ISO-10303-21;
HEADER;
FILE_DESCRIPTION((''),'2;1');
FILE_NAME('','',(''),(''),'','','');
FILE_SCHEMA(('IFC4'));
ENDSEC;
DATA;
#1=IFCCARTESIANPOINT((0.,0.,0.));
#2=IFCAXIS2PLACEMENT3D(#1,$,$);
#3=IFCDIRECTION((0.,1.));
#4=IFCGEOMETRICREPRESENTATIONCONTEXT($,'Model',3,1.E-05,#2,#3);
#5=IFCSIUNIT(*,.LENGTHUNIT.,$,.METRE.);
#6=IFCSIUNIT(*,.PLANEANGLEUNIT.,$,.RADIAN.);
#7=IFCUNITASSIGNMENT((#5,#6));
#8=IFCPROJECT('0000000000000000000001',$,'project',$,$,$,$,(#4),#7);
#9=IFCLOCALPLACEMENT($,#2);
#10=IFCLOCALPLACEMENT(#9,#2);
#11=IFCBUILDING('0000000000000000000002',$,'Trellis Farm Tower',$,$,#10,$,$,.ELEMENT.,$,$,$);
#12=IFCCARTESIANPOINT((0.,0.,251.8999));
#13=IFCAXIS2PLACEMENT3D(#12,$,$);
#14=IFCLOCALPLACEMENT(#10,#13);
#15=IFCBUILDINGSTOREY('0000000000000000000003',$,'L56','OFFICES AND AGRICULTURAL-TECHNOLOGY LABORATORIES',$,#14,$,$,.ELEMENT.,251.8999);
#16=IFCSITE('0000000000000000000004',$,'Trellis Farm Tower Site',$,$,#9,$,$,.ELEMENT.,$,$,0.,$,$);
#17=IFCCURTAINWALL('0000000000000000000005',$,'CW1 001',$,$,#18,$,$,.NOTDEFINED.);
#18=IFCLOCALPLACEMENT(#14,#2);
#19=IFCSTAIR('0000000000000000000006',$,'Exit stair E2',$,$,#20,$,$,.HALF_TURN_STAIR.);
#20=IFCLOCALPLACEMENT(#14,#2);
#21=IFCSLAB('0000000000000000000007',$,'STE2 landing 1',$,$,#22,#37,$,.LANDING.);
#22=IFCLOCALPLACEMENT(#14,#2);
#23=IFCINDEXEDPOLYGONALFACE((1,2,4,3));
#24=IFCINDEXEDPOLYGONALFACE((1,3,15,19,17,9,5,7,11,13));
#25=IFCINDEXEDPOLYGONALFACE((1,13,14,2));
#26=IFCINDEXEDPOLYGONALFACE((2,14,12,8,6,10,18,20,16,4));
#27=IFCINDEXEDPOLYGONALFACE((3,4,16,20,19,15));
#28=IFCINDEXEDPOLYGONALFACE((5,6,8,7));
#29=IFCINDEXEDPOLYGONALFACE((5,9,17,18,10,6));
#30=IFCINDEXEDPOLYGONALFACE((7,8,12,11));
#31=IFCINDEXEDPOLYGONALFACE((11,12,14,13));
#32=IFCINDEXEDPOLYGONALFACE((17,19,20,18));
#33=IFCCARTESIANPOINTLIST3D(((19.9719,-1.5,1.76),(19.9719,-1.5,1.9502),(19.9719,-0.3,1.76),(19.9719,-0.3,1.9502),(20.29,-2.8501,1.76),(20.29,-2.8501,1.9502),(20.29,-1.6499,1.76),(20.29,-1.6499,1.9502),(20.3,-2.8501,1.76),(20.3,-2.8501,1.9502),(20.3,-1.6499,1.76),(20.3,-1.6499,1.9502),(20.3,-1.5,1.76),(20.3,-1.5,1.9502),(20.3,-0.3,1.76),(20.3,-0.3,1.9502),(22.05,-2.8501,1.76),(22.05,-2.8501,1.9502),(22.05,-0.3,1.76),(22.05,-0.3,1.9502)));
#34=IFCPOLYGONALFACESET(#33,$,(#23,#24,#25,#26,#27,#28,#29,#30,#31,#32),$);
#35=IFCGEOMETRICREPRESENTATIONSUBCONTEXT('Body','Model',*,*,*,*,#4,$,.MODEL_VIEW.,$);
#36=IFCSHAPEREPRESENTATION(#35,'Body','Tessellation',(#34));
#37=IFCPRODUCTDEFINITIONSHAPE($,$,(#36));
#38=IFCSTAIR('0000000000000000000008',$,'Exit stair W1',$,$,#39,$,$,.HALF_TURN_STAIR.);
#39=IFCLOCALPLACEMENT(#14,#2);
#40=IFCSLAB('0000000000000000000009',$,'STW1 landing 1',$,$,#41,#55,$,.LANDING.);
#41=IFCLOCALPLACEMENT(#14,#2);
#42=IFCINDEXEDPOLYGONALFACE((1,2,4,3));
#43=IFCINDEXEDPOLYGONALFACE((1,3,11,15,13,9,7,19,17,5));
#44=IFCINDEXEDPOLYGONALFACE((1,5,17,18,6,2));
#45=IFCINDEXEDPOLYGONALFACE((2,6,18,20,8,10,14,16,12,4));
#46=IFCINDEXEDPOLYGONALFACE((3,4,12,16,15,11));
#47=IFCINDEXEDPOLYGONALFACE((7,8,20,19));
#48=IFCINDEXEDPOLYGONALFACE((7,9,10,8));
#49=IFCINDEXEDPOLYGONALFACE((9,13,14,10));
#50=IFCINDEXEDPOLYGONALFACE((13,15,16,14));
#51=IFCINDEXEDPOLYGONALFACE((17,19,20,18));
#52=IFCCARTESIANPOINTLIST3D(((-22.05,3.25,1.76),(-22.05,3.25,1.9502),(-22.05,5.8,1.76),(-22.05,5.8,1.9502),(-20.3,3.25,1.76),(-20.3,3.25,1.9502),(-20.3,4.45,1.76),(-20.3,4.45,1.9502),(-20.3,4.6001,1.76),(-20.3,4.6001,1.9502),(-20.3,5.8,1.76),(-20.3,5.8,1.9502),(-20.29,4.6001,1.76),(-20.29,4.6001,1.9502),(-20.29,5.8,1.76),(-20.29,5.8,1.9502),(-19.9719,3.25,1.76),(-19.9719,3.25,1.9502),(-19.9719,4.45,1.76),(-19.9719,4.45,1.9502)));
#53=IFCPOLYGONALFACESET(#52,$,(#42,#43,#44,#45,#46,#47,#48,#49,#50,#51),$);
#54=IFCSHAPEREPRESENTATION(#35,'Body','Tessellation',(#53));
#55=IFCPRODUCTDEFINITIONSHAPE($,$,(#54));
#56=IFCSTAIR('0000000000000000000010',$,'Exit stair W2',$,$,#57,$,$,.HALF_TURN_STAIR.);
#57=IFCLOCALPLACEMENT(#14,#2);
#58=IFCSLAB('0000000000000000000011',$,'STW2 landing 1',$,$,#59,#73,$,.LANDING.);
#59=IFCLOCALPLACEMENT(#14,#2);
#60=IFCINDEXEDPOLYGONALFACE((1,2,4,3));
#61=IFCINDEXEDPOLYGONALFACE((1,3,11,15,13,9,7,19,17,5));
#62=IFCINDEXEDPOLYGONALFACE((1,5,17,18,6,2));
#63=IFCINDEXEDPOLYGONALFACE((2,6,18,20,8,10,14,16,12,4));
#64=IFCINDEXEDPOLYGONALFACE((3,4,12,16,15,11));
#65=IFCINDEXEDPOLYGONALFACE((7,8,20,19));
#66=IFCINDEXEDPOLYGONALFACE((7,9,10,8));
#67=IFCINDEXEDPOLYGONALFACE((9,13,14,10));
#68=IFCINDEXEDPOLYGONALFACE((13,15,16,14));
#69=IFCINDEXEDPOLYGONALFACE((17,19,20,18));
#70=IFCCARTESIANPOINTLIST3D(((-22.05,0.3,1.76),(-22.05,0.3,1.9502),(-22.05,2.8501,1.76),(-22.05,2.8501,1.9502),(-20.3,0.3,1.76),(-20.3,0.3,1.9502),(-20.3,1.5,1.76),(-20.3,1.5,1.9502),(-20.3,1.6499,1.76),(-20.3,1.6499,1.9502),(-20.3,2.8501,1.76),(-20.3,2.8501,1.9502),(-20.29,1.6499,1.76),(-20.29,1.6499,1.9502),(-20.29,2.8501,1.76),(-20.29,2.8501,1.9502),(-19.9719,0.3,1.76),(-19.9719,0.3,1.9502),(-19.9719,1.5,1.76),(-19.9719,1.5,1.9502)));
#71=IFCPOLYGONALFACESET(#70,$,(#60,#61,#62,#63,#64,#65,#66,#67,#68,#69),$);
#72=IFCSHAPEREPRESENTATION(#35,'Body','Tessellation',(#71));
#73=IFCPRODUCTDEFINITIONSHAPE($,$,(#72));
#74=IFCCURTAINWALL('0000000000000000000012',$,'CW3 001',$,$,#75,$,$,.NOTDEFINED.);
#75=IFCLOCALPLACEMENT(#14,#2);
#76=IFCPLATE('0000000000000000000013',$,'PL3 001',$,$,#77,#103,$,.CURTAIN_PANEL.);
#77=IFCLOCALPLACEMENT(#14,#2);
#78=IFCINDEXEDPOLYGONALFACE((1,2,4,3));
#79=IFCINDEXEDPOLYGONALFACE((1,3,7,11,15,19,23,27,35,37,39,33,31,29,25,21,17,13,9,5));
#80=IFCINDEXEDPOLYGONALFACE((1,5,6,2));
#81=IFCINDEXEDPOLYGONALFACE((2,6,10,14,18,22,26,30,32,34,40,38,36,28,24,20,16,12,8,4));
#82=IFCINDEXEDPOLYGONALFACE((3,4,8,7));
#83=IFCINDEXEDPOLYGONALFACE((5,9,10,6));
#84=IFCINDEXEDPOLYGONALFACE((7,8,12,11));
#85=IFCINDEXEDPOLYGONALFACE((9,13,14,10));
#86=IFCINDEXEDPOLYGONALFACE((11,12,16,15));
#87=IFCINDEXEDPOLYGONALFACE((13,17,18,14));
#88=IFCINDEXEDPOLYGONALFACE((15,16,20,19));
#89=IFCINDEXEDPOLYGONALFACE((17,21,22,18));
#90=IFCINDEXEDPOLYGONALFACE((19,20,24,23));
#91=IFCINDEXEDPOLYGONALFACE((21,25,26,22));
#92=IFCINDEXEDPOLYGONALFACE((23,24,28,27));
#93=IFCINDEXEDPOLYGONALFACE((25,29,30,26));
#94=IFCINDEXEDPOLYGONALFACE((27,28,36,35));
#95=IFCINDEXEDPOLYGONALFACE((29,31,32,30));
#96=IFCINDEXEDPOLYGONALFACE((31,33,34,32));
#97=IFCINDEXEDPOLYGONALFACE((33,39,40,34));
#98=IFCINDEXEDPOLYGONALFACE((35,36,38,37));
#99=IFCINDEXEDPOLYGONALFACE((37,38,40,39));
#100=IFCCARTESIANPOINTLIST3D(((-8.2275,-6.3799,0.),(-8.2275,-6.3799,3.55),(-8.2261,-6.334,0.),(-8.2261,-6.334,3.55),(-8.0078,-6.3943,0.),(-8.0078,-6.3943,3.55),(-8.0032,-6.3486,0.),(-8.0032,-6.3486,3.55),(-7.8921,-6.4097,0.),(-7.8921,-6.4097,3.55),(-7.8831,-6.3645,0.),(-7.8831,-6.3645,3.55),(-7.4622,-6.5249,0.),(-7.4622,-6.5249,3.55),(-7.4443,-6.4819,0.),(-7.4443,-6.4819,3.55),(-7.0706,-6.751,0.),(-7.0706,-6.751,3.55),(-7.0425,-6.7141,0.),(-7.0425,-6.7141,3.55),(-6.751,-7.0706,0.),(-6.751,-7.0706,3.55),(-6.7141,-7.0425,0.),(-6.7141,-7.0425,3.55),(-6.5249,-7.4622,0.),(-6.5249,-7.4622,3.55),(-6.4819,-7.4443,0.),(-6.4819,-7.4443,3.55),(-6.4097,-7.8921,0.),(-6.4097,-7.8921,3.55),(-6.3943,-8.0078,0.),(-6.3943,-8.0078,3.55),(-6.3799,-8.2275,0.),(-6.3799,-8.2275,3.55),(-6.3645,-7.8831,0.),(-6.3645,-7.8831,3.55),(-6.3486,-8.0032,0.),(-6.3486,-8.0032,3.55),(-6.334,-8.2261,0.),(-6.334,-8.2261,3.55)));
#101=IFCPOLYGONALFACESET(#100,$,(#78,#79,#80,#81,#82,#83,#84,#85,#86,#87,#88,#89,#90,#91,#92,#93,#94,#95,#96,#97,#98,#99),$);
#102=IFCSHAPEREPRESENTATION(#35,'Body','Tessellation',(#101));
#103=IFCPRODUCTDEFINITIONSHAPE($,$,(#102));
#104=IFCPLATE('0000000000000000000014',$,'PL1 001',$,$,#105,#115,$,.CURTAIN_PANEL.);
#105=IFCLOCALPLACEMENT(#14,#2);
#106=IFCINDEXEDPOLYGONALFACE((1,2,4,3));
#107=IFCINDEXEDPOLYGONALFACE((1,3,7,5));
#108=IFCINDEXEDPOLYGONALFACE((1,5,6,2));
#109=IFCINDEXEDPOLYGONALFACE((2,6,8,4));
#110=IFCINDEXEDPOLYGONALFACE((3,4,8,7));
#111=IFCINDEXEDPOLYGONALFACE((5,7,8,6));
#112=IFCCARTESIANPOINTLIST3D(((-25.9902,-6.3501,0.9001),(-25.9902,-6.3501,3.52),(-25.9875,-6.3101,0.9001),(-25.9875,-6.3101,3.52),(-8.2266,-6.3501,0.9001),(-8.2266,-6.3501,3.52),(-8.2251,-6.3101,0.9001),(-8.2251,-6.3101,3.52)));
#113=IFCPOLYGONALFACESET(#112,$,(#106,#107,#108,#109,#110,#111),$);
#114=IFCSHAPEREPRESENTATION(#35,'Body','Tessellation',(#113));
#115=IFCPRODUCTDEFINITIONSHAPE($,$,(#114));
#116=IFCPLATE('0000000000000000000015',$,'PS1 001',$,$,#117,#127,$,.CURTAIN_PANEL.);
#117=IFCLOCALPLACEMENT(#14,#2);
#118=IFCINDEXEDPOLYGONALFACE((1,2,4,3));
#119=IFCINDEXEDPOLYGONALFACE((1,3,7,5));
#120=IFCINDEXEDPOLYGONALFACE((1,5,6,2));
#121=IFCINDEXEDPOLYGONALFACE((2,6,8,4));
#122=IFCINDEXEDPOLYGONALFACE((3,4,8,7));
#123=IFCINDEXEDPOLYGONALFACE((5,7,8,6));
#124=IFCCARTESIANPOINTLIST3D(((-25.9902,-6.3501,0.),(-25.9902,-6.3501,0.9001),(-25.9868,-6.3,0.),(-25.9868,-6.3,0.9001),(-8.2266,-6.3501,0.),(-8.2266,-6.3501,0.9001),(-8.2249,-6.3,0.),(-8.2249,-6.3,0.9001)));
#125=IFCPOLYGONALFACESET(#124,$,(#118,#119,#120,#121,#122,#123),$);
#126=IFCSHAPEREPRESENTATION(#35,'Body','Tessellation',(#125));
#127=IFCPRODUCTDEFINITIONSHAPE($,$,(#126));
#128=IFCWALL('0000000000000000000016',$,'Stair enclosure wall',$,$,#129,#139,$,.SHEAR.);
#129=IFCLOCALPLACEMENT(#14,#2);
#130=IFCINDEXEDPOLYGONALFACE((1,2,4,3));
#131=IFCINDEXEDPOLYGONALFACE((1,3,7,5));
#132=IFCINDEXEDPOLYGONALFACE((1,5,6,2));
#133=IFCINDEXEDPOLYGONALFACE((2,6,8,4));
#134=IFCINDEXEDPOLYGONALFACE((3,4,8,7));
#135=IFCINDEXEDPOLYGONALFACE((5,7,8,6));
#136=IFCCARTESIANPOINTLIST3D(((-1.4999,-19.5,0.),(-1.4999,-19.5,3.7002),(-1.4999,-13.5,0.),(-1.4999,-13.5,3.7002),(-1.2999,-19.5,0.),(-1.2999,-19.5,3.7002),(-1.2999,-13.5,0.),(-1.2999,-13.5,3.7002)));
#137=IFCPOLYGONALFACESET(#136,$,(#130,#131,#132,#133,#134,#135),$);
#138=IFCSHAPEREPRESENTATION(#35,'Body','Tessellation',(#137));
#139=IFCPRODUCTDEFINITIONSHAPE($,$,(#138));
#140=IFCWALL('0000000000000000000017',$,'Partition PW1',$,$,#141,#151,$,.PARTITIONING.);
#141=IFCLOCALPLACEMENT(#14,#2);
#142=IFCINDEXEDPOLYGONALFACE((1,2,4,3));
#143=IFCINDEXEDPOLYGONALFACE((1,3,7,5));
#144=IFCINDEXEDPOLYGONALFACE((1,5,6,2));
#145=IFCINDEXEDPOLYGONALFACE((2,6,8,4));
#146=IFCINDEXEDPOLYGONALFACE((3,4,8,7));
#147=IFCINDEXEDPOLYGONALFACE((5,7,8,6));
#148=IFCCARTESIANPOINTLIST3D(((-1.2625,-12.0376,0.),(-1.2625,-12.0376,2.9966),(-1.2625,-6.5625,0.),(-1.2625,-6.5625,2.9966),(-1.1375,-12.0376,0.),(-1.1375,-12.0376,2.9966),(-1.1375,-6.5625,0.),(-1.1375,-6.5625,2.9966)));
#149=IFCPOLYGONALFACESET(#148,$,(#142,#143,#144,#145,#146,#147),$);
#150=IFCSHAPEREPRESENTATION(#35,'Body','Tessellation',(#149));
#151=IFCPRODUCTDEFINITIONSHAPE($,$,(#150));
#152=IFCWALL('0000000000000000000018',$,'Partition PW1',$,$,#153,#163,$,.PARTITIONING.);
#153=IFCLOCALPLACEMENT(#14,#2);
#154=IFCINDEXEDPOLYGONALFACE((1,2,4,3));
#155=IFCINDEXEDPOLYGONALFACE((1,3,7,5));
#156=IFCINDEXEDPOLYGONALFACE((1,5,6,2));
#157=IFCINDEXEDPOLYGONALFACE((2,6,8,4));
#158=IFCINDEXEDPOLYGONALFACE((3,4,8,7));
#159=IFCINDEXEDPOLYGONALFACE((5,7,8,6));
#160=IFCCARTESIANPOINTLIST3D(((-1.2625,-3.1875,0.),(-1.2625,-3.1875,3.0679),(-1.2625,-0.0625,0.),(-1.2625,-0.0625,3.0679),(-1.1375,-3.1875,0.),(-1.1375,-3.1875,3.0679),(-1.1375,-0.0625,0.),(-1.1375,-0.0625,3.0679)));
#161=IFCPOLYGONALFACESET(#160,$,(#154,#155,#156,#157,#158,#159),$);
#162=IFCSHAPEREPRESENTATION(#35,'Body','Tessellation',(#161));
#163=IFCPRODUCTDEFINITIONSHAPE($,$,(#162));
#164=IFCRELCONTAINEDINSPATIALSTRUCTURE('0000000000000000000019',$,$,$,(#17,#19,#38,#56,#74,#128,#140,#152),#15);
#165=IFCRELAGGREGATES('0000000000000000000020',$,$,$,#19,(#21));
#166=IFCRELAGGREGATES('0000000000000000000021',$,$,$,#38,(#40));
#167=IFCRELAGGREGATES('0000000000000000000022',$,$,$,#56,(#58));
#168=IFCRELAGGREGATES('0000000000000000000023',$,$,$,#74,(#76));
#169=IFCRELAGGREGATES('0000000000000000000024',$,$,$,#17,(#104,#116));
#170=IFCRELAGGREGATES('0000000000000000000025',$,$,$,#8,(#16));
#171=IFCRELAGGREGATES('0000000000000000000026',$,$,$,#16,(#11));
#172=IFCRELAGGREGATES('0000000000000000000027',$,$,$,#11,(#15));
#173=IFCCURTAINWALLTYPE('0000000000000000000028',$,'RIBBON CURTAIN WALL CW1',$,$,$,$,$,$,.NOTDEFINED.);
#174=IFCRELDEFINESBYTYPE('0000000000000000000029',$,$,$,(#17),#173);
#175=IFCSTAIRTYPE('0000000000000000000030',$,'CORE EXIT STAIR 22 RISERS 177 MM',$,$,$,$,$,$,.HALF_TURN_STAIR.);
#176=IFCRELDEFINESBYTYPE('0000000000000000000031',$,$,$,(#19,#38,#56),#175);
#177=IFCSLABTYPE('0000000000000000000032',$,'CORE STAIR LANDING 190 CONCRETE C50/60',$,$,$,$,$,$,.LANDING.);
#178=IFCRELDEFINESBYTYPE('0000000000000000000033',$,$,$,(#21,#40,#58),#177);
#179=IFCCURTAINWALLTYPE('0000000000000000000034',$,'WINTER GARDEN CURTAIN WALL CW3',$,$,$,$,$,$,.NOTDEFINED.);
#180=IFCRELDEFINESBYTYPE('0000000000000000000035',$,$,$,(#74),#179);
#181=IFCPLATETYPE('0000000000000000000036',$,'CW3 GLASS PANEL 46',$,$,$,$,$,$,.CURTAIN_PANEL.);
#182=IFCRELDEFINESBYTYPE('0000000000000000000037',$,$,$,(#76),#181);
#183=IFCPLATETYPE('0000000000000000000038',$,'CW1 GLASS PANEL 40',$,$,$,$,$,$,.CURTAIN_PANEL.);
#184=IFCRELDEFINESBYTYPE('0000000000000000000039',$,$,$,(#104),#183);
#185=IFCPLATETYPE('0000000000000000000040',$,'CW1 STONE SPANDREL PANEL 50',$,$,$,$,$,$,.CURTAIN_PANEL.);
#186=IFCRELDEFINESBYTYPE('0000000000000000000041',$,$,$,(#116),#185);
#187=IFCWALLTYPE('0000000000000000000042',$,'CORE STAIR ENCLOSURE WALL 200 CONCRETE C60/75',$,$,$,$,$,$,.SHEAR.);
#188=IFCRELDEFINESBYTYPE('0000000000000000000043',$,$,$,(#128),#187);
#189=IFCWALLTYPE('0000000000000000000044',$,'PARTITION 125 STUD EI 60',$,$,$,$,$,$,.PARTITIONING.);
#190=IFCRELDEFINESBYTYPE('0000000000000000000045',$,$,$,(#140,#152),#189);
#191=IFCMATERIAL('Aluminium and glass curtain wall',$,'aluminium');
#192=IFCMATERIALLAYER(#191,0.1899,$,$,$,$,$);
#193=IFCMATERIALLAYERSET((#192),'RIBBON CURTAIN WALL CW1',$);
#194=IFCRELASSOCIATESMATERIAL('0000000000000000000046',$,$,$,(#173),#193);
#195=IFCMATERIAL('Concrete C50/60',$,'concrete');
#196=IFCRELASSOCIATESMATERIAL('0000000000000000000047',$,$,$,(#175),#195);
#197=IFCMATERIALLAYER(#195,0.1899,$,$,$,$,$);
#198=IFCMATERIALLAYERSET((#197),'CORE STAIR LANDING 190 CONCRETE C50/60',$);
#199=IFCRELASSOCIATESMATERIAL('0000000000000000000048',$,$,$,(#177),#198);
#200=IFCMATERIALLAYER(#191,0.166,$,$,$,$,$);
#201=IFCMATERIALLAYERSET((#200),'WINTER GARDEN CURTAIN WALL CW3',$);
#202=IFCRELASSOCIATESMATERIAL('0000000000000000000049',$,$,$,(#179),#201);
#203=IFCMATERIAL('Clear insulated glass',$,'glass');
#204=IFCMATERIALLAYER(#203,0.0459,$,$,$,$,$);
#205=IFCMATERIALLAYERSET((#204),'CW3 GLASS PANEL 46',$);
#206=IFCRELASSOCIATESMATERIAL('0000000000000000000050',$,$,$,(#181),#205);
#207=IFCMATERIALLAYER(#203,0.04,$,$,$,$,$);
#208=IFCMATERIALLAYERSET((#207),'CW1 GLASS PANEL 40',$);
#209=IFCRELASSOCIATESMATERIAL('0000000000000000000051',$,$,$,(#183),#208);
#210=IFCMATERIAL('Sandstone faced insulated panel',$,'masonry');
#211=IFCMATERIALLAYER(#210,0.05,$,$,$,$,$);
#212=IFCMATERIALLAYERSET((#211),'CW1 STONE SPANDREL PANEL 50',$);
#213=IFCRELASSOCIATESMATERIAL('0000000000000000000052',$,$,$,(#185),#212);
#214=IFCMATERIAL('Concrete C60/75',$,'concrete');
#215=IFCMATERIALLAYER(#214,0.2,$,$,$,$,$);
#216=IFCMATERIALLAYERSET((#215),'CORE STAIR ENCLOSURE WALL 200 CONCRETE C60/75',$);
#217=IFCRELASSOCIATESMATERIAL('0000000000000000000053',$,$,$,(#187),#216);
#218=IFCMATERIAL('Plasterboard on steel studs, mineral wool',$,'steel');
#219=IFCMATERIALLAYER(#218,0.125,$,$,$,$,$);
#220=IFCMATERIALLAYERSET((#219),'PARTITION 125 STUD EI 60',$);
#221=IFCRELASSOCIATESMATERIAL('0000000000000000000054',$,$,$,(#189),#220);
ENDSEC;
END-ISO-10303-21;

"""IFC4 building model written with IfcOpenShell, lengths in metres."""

from ifc_helpers import new_model, si_unit, direction, frame, frame_2d, origin, place, context, subcontext, project, spatial, polyline, rectangle, outline, extrude, source, transform, mapped, material, layer, layer_set, type_object, element, aggregate, save


model = new_model("IFC4")

# Units and contexts
model_context = context("Model", 3, precision=1e-05, world=origin(), true_north=direction((0.0, 1.0)))
body_context = subcontext(model_context, "Body", "Model", "MODEL_VIEW")
ifc_project = project(units=[si_unit("LENGTHUNIT", "METRE"), si_unit("PLANEANGLEUNIT", "RADIAN")], contexts=[model_context])

# Site, building, storey
site_placement = place(None, origin())
site = spatial("IfcSite", under=ifc_project, at=site_placement, Name="Trellis Farm Tower Site", CompositionType="ELEMENT", RefElevation=0.0)
building_placement = place(site_placement, origin())
building = spatial("IfcBuilding", under=site, at=building_placement, Name="Trellis Farm Tower", CompositionType="ELEMENT")
storey_placement = place(building_placement, frame((0.0, 0.0, 251.8999)))
storey = spatial("IfcBuildingStorey", under=building, at=storey_placement, Name="L56", Description="OFFICES AND AGRICULTURAL-TECHNOLOGY LABORATORIES", CompositionType="ELEMENT", Elevation=251.8999)

# Shared definitions
ifc_material_1 = material(Name="Concrete C60/75", Category="concrete")

# Curtain wall
ifc_material_2 = material(Name="Aluminium and glass curtain wall", Category="aluminium")
ifc_layer_1 = layer(ifc_material_2, 0.1899)
ifc_layer_set_1 = layer_set([ifc_layer_1], Name="RIBBON CURTAIN WALL CW1")
curtain_wall_type_1 = type_object("IfcCurtainWallType", Name="RIBBON CURTAIN WALL CW1", PredefinedType="NOTDEFINED", material=ifc_layer_set_1)
placement_1 = place(storey_placement, origin())
curtain_wall_1 = element("IfcCurtainWall", 1, at=placement_1, inside=storey, type_object=curtain_wall_type_1, Name="CW1 001", PredefinedType="NOTDEFINED")

# Stairs, slabs
ifc_material_3 = material(Name="Concrete C50/60", Category="concrete")
stair_type = type_object("IfcStairType", Name="CORE EXIT STAIR 22 RISERS 177 MM", PredefinedType="HALF_TURN_STAIR", material=ifc_material_3)
ifc_layer_2 = layer(ifc_material_3, 0.1899)
ifc_layer_set_2 = layer_set([ifc_layer_2], Name="CORE STAIR LANDING 190 CONCRETE C50/60")
slab_type_1 = type_object("IfcSlabType", Name="CORE STAIR LANDING 190 CONCRETE C50/60", PredefinedType="LANDING", material=ifc_layer_set_2)
placement_2 = place(storey_placement, frame((0.0, 0.0, 1.76)))
stair_1 = element("IfcStair", 2, at=placement_1, inside=storey, type_object=stair_type, Name="Exit stair E2", PredefinedType="HALF_TURN_STAIR")
shared_shape_1 = source(origin(), body_context, "Body", "SweptSolid", [
    extrude(outline(polyline([(20.29, -2.8501), (20.29, -1.6499), (20.3, -1.6499), (20.3, -1.5), (19.9719, -1.5), (19.9719, -0.3), (20.3, -0.3), (22.05, -0.3), (22.05, -2.8501), (20.3, -2.8501), (20.29, -2.8501)])), origin(), (0.0, 0.0, 1.0), 0.1902),
])
slab_1 = element("IfcSlab", 3, at=placement_2, type_object=slab_type_1, Name="STE2 landing 1", PredefinedType="LANDING", context=body_context, shape_type="MappedRepresentation", body=[
    mapped(shared_shape_1, transform((0.0, 0.0, 0.0))),
])
aggregate(stair_1, [slab_1])
stair_2 = element("IfcStair", 4, at=placement_1, inside=storey, type_object=stair_type, Name="Exit stair W1", PredefinedType="HALF_TURN_STAIR")
shared_shape_2 = source(origin(), body_context, "Body", "SweptSolid", [
    extrude(outline(polyline([(-19.9719, 4.45), (-19.9719, 3.25), (-20.3, 3.25), (-22.05, 3.25), (-22.05, 5.8), (-20.3, 5.8), (-20.29, 5.8), (-20.29, 4.6001), (-20.3, 4.6001), (-20.3, 4.45), (-19.9719, 4.45)])), origin(), (0.0, 0.0, 1.0), 0.1902),
])
slab_2 = element("IfcSlab", 5, at=placement_2, type_object=slab_type_1, Name="STW1 landing 1", PredefinedType="LANDING", context=body_context, shape_type="MappedRepresentation", body=[
    mapped(shared_shape_2, transform((0.0, 0.0, 0.0))),
])
aggregate(stair_2, [slab_2])
stair_3 = element("IfcStair", 6, at=placement_1, inside=storey, type_object=stair_type, Name="Exit stair W2", PredefinedType="HALF_TURN_STAIR")
shared_shape_3 = source(origin(), body_context, "Body", "SweptSolid", [
    extrude(outline(polyline([(-19.9719, 1.5), (-19.9719, 0.3), (-20.3, 0.3), (-22.05, 0.3), (-22.05, 2.8501), (-20.3, 2.8501), (-20.29, 2.8501), (-20.29, 1.6499), (-20.3, 1.6499), (-20.3, 1.5), (-19.9719, 1.5)])), origin(), (0.0, 0.0, 1.0), 0.1902),
])
slab_3 = element("IfcSlab", 7, at=placement_2, type_object=slab_type_1, Name="STW2 landing 1", PredefinedType="LANDING", context=body_context, shape_type="MappedRepresentation", body=[
    mapped(shared_shape_3, transform((0.0, 0.0, 0.0))),
])
aggregate(stair_3, [slab_3])

# Curtain wall, plate
ifc_layer_3 = layer(ifc_material_2, 0.166)
ifc_layer_set_3 = layer_set([ifc_layer_3], Name="WINTER GARDEN CURTAIN WALL CW3")
curtain_wall_type_2 = type_object("IfcCurtainWallType", Name="WINTER GARDEN CURTAIN WALL CW3", PredefinedType="NOTDEFINED", material=ifc_layer_set_3)
curtain_wall_2 = element("IfcCurtainWall", 8, at=placement_1, inside=storey, type_object=curtain_wall_type_2, Name="CW3 001", PredefinedType="NOTDEFINED")
ifc_material_4 = material(Name="Clear insulated glass", Category="glass")
ifc_layer_4 = layer(ifc_material_4, 0.0459)
ifc_layer_set_4 = layer_set([ifc_layer_4], Name="CW3 GLASS PANEL 46")
plate_type_1 = type_object("IfcPlateType", Name="CW3 GLASS PANEL 46", PredefinedType="CURTAIN_PANEL", material=ifc_layer_set_4)
shared_shape_4 = source(origin(), body_context, "Body", "SweptSolid", [
    extrude(outline(polyline([(-8.2275, -6.3799), (-8.0078, -6.3943), (-7.8921, -6.4097), (-7.4622, -6.5249), (-7.0706, -6.751), (-6.751, -7.0706), (-6.5249, -7.4622), (-6.4097, -7.8921), (-6.3943, -8.0078), (-6.3799, -8.2275), (-6.334, -8.2261), (-6.3486, -8.0032), (-6.3645, -7.8831), (-6.4819, -7.4443), (-6.7141, -7.0425), (-7.0425, -6.7141), (-7.4443, -6.4819), (-7.8831, -6.3645), (-8.0032, -6.3486), (-8.2261, -6.334), (-8.2275, -6.3799)])), origin(), (0.0, 0.0, 1.0), 3.55),
])
plate_1 = element("IfcPlate", 9, at=placement_1, type_object=plate_type_1, Name="PL3 001", PredefinedType="CURTAIN_PANEL", context=body_context, shape_type="MappedRepresentation", body=[
    mapped(shared_shape_4, transform((0.0, 0.0, 0.0))),
])
aggregate(curtain_wall_2, [plate_1])

# Plates
ifc_layer_5 = layer(ifc_material_4, 0.04)
ifc_layer_set_5 = layer_set([ifc_layer_5], Name="CW1 GLASS PANEL 40")
plate_type_2 = type_object("IfcPlateType", Name="CW1 GLASS PANEL 40", PredefinedType="CURTAIN_PANEL", material=ifc_layer_set_5)
shared_shape_5 = source(origin(), body_context, "Body", "SweptSolid", [
    extrude(outline(polyline([(-25.9902, -6.3501), (-8.2266, -6.3501), (-8.2251, -6.3101), (-25.9875, -6.3101), (-25.9902, -6.3501)])), origin(), (0.0, 0.0, 1.0), 2.6199),
])
plate_2_placement = place(storey_placement, frame((0.0, 0.0, 0.9001)))
plate_2 = element("IfcPlate", 10, at=plate_2_placement, type_object=plate_type_2, Name="PL1 001", PredefinedType="CURTAIN_PANEL", context=body_context, shape_type="MappedRepresentation", body=[
    mapped(shared_shape_5, transform((0.0, 0.0, 0.0))),
])
ifc_material_5 = material(Name="Sandstone faced insulated panel", Category="masonry")
ifc_layer_6 = layer(ifc_material_5, 0.05)
ifc_layer_set_6 = layer_set([ifc_layer_6], Name="CW1 STONE SPANDREL PANEL 50")
plate_type_3 = type_object("IfcPlateType", Name="CW1 STONE SPANDREL PANEL 50", PredefinedType="CURTAIN_PANEL", material=ifc_layer_set_6)
shared_shape_6 = source(origin(), body_context, "Body", "SweptSolid", [
    extrude(outline(polyline([(-25.9902, -6.3501), (-8.2266, -6.3501), (-8.2249, -6.3), (-25.9868, -6.3), (-25.9902, -6.3501)])), origin(), (0.0, 0.0, 1.0), 0.9001),
])
plate_3 = element("IfcPlate", 11, at=placement_1, type_object=plate_type_3, Name="PS1 001", PredefinedType="CURTAIN_PANEL", context=body_context, shape_type="MappedRepresentation", body=[
    mapped(shared_shape_6, transform((0.0, 0.0, 0.0))),
])
aggregate(curtain_wall_1, [plate_2, plate_3])

# Walls
ifc_layer_7 = layer(ifc_material_1, 0.2)
ifc_layer_set_7 = layer_set([ifc_layer_7], Name="CORE STAIR ENCLOSURE WALL 200 CONCRETE C60/75")
wall_type_1 = type_object("IfcWallType", Name="CORE STAIR ENCLOSURE WALL 200 CONCRETE C60/75", PredefinedType="SHEAR", material=ifc_layer_set_7)
shared_shape_7 = source(origin(), body_context, "Body", "SweptSolid", [
    extrude(rectangle(XDim=6.0, YDim=0.2, at=frame_2d((3.0, 0.0))), origin(), (0.0, 0.0, 1.0), 3.7002),
])
wall_1_placement = place(storey_placement, frame((-1.3999, -13.5, 0.0), z_axis=(0.0, 0.0, 1.0), x_axis=(0.0, -1.0, 0.0)))
element("IfcWall", 12, at=wall_1_placement, inside=storey, type_object=wall_type_1, Name="Stair enclosure wall", PredefinedType="SHEAR", context=body_context, shape_type="MappedRepresentation", body=[
    mapped(shared_shape_7, transform((0.0, 0.0, 0.0))),
])
ifc_material_6 = material(Name="Plasterboard on steel studs, mineral wool", Category="steel")
ifc_layer_8 = layer(ifc_material_6, 0.125)
ifc_layer_set_8 = layer_set([ifc_layer_8], Name="PARTITION 125 STUD EI 60")
wall_type_2 = type_object("IfcWallType", Name="PARTITION 125 STUD EI 60", PredefinedType="PARTITIONING", material=ifc_layer_set_8)
shared_shape_8 = source(origin(), body_context, "Body", "SweptSolid", [
    extrude(rectangle(XDim=5.4751, YDim=0.125, at=frame_2d((2.7375, 0.0))), origin(), (0.0, 0.0, 1.0), 2.9966),
])
wall_2_placement = place(storey_placement, frame((-1.2, -6.5625, 0.0), z_axis=(0.0, 0.0, 1.0), x_axis=(0.0, -1.0, 0.0)))
element("IfcWall", 13, at=wall_2_placement, inside=storey, type_object=wall_type_2, Name="Partition PW1", PredefinedType="PARTITIONING", context=body_context, shape_type="MappedRepresentation", body=[
    mapped(shared_shape_8, transform((0.0, 0.0, 0.0))),
])
shared_shape_9 = source(origin(), body_context, "Body", "SweptSolid", [
    extrude(rectangle(XDim=3.125, YDim=0.125, at=frame_2d((1.5625, 0.0))), origin(), (0.0, 0.0, 1.0), 3.0679),
])
wall_3_placement = place(storey_placement, frame((-1.2, -0.0625, 0.0), z_axis=(0.0, 0.0, 1.0), x_axis=(0.0, -1.0, 0.0)))
element("IfcWall", 14, at=wall_3_placement, inside=storey, type_object=wall_type_2, Name="Partition PW1", PredefinedType="PARTITIONING", context=body_context, shape_type="MappedRepresentation", body=[
    mapped(shared_shape_9, transform((0.0, 0.0, 0.0))),
])

save(model, "model.ifc")
